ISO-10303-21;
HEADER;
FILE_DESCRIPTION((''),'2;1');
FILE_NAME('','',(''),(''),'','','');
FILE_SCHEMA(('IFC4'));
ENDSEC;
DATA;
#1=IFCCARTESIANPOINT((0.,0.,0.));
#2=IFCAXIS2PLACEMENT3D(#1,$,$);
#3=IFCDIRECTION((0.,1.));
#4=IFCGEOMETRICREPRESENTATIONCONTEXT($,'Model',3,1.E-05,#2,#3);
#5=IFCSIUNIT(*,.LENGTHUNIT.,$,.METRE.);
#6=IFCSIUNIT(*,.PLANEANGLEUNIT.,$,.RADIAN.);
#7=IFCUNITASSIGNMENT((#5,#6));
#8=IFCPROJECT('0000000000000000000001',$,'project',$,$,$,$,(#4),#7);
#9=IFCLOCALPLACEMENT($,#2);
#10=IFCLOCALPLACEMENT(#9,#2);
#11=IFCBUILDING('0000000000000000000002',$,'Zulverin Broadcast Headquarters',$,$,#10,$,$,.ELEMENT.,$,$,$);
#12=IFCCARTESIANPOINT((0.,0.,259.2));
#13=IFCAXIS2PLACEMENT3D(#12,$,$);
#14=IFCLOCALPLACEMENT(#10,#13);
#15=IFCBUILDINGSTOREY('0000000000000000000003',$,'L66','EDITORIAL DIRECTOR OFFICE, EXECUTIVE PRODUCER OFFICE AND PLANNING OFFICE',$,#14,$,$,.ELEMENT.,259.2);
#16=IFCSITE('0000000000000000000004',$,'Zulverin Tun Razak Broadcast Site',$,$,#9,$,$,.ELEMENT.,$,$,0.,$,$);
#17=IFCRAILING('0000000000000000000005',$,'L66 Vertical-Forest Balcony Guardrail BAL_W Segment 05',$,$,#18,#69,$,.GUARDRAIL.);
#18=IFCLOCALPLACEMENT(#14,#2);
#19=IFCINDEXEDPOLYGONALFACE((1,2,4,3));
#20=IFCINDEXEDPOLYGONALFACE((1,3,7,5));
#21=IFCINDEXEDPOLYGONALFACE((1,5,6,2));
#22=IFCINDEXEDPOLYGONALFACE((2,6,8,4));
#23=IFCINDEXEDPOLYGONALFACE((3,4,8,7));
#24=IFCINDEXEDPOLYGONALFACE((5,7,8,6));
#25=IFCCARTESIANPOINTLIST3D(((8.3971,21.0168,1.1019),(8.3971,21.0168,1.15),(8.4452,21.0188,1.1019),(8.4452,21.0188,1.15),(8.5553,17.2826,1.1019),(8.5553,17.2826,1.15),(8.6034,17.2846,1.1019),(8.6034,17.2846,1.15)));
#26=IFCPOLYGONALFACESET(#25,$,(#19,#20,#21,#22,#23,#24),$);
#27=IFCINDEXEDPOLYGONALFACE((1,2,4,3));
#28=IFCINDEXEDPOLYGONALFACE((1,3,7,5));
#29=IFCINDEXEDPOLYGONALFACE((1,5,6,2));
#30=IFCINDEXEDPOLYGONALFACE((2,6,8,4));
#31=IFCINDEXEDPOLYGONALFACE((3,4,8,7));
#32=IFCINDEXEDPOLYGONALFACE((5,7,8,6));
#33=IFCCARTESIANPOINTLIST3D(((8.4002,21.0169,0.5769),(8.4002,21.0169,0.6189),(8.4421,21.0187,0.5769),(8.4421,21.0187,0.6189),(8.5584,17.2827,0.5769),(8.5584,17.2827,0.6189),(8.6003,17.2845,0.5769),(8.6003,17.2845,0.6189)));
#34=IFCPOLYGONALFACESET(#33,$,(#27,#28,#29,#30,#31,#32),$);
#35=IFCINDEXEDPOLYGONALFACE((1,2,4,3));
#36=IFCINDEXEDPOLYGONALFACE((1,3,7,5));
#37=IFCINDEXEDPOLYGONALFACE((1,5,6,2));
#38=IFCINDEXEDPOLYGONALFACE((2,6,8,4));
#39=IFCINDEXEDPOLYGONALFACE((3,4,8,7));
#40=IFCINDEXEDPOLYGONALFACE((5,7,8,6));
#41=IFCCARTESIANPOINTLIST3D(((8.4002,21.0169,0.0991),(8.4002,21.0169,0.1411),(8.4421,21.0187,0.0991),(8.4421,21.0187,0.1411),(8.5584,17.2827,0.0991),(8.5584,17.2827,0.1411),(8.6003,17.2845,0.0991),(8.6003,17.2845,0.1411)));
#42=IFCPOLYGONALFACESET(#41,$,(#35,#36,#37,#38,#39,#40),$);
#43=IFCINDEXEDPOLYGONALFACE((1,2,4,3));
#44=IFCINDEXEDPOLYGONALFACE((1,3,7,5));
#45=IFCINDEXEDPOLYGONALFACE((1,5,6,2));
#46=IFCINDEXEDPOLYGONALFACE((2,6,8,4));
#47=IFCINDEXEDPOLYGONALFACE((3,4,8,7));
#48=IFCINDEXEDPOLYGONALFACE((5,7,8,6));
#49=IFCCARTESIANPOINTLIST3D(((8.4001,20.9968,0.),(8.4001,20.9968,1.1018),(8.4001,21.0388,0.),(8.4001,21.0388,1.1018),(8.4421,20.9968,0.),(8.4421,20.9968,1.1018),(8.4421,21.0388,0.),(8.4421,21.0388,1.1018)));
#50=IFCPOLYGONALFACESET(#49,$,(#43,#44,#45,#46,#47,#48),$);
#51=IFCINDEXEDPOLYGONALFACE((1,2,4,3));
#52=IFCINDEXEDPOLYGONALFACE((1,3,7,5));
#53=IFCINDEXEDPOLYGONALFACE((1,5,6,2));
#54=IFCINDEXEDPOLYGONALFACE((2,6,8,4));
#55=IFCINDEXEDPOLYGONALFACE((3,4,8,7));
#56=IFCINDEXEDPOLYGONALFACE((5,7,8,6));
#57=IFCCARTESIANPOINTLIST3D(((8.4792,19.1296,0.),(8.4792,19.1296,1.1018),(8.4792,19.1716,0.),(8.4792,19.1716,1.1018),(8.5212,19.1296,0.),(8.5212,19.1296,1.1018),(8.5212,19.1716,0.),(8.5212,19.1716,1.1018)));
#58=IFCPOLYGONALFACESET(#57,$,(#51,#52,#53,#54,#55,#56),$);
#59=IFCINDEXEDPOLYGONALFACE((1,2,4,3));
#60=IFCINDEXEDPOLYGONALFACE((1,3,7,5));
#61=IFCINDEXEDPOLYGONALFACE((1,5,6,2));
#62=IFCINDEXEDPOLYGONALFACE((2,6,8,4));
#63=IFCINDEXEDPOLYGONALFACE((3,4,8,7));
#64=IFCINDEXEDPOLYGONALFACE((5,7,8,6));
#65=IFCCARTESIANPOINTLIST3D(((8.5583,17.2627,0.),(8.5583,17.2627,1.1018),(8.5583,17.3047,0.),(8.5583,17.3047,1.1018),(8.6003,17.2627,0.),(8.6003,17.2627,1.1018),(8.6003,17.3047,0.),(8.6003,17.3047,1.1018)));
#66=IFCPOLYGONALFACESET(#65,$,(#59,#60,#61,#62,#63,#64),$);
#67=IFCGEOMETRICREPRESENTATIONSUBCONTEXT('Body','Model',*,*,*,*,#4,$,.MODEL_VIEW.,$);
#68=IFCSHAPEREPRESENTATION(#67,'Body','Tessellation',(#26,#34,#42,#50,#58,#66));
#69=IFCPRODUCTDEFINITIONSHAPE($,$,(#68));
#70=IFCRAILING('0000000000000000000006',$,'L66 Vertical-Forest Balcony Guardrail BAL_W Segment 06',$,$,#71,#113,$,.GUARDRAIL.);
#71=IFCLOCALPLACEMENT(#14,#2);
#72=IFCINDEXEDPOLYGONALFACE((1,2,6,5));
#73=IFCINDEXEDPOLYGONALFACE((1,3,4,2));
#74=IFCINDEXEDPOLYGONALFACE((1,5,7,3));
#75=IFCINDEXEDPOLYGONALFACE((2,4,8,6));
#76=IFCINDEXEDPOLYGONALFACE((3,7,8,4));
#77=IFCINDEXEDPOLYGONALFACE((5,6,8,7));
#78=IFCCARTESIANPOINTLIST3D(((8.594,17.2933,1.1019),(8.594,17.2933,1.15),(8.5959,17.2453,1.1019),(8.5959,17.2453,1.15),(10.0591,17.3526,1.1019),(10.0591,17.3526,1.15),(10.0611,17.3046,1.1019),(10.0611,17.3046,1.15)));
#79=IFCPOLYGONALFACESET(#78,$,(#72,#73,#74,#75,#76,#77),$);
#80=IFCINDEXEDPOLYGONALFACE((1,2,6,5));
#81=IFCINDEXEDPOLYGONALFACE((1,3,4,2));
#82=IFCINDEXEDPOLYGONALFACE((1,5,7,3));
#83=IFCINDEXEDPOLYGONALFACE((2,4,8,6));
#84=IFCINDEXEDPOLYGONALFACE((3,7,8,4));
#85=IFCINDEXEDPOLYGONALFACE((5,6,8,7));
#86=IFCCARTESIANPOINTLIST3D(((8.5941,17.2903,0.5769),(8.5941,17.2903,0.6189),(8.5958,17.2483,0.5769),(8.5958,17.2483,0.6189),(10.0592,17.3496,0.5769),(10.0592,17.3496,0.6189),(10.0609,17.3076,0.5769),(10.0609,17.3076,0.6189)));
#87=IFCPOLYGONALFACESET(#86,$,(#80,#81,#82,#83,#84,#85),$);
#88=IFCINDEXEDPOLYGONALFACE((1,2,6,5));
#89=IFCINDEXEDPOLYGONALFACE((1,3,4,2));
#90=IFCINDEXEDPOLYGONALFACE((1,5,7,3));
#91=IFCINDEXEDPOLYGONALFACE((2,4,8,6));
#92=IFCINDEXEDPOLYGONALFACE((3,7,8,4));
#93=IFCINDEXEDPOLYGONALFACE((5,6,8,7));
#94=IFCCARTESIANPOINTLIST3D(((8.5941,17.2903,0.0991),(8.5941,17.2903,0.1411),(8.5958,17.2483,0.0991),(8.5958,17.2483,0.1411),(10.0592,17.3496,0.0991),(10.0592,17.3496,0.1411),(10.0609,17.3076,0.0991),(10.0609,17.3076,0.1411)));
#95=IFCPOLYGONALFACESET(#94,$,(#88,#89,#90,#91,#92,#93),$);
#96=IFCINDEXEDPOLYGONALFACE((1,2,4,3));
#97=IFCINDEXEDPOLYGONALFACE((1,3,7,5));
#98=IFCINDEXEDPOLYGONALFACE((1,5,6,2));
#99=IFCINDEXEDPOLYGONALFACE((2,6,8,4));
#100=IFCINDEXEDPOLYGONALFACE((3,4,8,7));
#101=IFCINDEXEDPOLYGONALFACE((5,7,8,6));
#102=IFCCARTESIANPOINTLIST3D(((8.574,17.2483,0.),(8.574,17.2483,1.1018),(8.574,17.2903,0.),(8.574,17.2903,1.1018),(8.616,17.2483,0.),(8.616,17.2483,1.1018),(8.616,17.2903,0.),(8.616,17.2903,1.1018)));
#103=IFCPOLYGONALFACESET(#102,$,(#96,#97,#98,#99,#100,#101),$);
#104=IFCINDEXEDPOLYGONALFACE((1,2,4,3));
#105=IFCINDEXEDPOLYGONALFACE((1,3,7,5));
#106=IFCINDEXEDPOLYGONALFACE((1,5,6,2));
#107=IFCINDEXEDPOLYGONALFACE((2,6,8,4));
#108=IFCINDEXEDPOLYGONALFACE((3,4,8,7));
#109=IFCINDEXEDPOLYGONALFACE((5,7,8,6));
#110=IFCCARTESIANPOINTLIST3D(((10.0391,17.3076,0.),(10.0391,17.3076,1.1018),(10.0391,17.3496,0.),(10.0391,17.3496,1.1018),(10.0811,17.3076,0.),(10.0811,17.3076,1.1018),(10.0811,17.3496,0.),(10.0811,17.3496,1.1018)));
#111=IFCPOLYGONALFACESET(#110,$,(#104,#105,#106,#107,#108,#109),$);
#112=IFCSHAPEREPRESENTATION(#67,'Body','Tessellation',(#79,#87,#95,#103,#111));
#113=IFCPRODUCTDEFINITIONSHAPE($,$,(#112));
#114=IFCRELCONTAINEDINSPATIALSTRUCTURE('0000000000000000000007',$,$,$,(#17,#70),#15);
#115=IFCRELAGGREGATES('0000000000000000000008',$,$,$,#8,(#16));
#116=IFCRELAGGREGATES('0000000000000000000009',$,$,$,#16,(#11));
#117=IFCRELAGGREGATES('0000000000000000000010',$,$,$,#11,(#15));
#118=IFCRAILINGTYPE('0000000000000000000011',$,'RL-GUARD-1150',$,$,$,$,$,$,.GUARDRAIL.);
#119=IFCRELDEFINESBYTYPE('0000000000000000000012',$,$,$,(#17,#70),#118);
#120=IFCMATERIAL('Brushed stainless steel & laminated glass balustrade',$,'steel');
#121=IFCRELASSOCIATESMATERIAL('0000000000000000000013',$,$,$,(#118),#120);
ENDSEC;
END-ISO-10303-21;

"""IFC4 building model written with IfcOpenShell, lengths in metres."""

from ifc_helpers import new_model, si_unit, direction, frame, origin, origin_2d, place, context, subcontext, project, spatial, rectangle, extrude, material, type_object, element, save


model = new_model("IFC4")

# Units and contexts
model_context = context("Model", 3, precision=1e-05, world=origin(), true_north=direction((0.0, 1.0)))
body_context = subcontext(model_context, "Body", "Model", "MODEL_VIEW")
ifc_project = project(units=[si_unit("LENGTHUNIT", "METRE"), si_unit("PLANEANGLEUNIT", "RADIAN")], contexts=[model_context])

# Site, building, storey
site_placement = place(None, origin())
site = spatial("IfcSite", under=ifc_project, at=site_placement, Name="Zulverin Tun Razak Broadcast Site", CompositionType="ELEMENT", RefElevation=0.0)
building_placement = place(site_placement, origin())
building = spatial("IfcBuilding", under=site, at=building_placement, Name="Zulverin Broadcast Headquarters", CompositionType="ELEMENT")
storey_placement = place(building_placement, frame((0.0, 0.0, 259.2)))
storey = spatial("IfcBuildingStorey", under=building, at=storey_placement, Name="L66", Description="EDITORIAL DIRECTOR OFFICE, EXECUTIVE PRODUCER OFFICE AND PLANNING OFFICE", CompositionType="ELEMENT", Elevation=259.2)

# Railings
ifc_material_1 = material(Name="Brushed stainless steel & laminated glass balustrade", Category="steel")
railing_type = type_object("IfcRailingType", Name="RL-GUARD-1150", PredefinedType="GUARDRAIL", material=ifc_material_1)
railing_1_placement = place(storey_placement, frame((8.4211, 21.0178, 0.0)))
element("IfcRailing", 1, at=railing_1_placement, inside=storey, type_object=railing_type, Name="L66 Vertical-Forest Balcony Guardrail BAL_W Segment 05", PredefinedType="GUARDRAIL", context=body_context, shape_type="SweptSolid", body=[
    extrude(rectangle(XDim=0.0481, YDim=0.0481, at=origin_2d()), frame((0.0, 0.0, 1.126), z_axis=(0.042329, -0.999104, 0.0), x_axis=(0.999104, 0.042329, 0.0)), (0.0, 0.0, 1.0), 3.7375),
    extrude(rectangle(XDim=0.042, YDim=0.042, at=origin_2d()), frame((0.0, 0.0, 0.5979), z_axis=(0.042329, -0.999104, 0.0), x_axis=(0.999104, 0.042329, 0.0)), (0.0, 0.0, 1.0), 3.7375),
    extrude(rectangle(XDim=0.042, YDim=0.042, at=origin_2d()), frame((0.0, 0.0, 0.1201), z_axis=(0.042329, -0.999104, 0.0), x_axis=(0.999104, 0.042329, 0.0)), (0.0, 0.0, 1.0), 3.7375),
    extrude(rectangle(XDim=0.042, YDim=0.042, at=origin_2d()), origin(), (0.0, 0.0, 1.0), 1.1018),
    extrude(rectangle(XDim=0.042, YDim=0.042, at=origin_2d()), frame((0.0791, -1.8672, 0.0)), (0.0, 0.0, 1.0), 1.1018),
    extrude(rectangle(XDim=0.042, YDim=0.042, at=origin_2d()), frame((0.1582, -3.7341, 0.0)), (0.0, 0.0, 1.0), 1.1018),
])
railing_2_placement = place(storey_placement, frame((8.595, 17.2693, 0.0)))
element("IfcRailing", 2, at=railing_2_placement, inside=storey, type_object=railing_type, Name="L66 Vertical-Forest Balcony Guardrail BAL_W Segment 06", PredefinedType="GUARDRAIL", context=body_context, shape_type="SweptSolid", body=[
    extrude(rectangle(XDim=0.0481, YDim=0.0481, at=origin_2d()), frame((0.0, 0.0, 1.126), z_axis=(0.999181, 0.04046, 0.0), x_axis=(-0.04046, 0.999181, 0.0)), (0.0, 0.0, 1.0), 1.4663),
    extrude(rectangle(XDim=0.042, YDim=0.042, at=origin_2d()), frame((0.0, 0.0, 0.5979), z_axis=(0.999181, 0.04046, 0.0), x_axis=(-0.04046, 0.999181, 0.0)), (0.0, 0.0, 1.0), 1.4663),
    extrude(rectangle(XDim=0.042, YDim=0.042, at=origin_2d()), frame((0.0, 0.0, 0.1201), z_axis=(0.999181, 0.04046, 0.0), x_axis=(-0.04046, 0.999181, 0.0)), (0.0, 0.0, 1.0), 1.4663),
    extrude(rectangle(XDim=0.042, YDim=0.042, at=origin_2d()), origin(), (0.0, 0.0, 1.0), 1.1018),
    extrude(rectangle(XDim=0.042, YDim=0.042, at=origin_2d()), frame((1.4651, 0.0593, 0.0)), (0.0, 0.0, 1.0), 1.1018),
])

save(model, "model.ifc")
